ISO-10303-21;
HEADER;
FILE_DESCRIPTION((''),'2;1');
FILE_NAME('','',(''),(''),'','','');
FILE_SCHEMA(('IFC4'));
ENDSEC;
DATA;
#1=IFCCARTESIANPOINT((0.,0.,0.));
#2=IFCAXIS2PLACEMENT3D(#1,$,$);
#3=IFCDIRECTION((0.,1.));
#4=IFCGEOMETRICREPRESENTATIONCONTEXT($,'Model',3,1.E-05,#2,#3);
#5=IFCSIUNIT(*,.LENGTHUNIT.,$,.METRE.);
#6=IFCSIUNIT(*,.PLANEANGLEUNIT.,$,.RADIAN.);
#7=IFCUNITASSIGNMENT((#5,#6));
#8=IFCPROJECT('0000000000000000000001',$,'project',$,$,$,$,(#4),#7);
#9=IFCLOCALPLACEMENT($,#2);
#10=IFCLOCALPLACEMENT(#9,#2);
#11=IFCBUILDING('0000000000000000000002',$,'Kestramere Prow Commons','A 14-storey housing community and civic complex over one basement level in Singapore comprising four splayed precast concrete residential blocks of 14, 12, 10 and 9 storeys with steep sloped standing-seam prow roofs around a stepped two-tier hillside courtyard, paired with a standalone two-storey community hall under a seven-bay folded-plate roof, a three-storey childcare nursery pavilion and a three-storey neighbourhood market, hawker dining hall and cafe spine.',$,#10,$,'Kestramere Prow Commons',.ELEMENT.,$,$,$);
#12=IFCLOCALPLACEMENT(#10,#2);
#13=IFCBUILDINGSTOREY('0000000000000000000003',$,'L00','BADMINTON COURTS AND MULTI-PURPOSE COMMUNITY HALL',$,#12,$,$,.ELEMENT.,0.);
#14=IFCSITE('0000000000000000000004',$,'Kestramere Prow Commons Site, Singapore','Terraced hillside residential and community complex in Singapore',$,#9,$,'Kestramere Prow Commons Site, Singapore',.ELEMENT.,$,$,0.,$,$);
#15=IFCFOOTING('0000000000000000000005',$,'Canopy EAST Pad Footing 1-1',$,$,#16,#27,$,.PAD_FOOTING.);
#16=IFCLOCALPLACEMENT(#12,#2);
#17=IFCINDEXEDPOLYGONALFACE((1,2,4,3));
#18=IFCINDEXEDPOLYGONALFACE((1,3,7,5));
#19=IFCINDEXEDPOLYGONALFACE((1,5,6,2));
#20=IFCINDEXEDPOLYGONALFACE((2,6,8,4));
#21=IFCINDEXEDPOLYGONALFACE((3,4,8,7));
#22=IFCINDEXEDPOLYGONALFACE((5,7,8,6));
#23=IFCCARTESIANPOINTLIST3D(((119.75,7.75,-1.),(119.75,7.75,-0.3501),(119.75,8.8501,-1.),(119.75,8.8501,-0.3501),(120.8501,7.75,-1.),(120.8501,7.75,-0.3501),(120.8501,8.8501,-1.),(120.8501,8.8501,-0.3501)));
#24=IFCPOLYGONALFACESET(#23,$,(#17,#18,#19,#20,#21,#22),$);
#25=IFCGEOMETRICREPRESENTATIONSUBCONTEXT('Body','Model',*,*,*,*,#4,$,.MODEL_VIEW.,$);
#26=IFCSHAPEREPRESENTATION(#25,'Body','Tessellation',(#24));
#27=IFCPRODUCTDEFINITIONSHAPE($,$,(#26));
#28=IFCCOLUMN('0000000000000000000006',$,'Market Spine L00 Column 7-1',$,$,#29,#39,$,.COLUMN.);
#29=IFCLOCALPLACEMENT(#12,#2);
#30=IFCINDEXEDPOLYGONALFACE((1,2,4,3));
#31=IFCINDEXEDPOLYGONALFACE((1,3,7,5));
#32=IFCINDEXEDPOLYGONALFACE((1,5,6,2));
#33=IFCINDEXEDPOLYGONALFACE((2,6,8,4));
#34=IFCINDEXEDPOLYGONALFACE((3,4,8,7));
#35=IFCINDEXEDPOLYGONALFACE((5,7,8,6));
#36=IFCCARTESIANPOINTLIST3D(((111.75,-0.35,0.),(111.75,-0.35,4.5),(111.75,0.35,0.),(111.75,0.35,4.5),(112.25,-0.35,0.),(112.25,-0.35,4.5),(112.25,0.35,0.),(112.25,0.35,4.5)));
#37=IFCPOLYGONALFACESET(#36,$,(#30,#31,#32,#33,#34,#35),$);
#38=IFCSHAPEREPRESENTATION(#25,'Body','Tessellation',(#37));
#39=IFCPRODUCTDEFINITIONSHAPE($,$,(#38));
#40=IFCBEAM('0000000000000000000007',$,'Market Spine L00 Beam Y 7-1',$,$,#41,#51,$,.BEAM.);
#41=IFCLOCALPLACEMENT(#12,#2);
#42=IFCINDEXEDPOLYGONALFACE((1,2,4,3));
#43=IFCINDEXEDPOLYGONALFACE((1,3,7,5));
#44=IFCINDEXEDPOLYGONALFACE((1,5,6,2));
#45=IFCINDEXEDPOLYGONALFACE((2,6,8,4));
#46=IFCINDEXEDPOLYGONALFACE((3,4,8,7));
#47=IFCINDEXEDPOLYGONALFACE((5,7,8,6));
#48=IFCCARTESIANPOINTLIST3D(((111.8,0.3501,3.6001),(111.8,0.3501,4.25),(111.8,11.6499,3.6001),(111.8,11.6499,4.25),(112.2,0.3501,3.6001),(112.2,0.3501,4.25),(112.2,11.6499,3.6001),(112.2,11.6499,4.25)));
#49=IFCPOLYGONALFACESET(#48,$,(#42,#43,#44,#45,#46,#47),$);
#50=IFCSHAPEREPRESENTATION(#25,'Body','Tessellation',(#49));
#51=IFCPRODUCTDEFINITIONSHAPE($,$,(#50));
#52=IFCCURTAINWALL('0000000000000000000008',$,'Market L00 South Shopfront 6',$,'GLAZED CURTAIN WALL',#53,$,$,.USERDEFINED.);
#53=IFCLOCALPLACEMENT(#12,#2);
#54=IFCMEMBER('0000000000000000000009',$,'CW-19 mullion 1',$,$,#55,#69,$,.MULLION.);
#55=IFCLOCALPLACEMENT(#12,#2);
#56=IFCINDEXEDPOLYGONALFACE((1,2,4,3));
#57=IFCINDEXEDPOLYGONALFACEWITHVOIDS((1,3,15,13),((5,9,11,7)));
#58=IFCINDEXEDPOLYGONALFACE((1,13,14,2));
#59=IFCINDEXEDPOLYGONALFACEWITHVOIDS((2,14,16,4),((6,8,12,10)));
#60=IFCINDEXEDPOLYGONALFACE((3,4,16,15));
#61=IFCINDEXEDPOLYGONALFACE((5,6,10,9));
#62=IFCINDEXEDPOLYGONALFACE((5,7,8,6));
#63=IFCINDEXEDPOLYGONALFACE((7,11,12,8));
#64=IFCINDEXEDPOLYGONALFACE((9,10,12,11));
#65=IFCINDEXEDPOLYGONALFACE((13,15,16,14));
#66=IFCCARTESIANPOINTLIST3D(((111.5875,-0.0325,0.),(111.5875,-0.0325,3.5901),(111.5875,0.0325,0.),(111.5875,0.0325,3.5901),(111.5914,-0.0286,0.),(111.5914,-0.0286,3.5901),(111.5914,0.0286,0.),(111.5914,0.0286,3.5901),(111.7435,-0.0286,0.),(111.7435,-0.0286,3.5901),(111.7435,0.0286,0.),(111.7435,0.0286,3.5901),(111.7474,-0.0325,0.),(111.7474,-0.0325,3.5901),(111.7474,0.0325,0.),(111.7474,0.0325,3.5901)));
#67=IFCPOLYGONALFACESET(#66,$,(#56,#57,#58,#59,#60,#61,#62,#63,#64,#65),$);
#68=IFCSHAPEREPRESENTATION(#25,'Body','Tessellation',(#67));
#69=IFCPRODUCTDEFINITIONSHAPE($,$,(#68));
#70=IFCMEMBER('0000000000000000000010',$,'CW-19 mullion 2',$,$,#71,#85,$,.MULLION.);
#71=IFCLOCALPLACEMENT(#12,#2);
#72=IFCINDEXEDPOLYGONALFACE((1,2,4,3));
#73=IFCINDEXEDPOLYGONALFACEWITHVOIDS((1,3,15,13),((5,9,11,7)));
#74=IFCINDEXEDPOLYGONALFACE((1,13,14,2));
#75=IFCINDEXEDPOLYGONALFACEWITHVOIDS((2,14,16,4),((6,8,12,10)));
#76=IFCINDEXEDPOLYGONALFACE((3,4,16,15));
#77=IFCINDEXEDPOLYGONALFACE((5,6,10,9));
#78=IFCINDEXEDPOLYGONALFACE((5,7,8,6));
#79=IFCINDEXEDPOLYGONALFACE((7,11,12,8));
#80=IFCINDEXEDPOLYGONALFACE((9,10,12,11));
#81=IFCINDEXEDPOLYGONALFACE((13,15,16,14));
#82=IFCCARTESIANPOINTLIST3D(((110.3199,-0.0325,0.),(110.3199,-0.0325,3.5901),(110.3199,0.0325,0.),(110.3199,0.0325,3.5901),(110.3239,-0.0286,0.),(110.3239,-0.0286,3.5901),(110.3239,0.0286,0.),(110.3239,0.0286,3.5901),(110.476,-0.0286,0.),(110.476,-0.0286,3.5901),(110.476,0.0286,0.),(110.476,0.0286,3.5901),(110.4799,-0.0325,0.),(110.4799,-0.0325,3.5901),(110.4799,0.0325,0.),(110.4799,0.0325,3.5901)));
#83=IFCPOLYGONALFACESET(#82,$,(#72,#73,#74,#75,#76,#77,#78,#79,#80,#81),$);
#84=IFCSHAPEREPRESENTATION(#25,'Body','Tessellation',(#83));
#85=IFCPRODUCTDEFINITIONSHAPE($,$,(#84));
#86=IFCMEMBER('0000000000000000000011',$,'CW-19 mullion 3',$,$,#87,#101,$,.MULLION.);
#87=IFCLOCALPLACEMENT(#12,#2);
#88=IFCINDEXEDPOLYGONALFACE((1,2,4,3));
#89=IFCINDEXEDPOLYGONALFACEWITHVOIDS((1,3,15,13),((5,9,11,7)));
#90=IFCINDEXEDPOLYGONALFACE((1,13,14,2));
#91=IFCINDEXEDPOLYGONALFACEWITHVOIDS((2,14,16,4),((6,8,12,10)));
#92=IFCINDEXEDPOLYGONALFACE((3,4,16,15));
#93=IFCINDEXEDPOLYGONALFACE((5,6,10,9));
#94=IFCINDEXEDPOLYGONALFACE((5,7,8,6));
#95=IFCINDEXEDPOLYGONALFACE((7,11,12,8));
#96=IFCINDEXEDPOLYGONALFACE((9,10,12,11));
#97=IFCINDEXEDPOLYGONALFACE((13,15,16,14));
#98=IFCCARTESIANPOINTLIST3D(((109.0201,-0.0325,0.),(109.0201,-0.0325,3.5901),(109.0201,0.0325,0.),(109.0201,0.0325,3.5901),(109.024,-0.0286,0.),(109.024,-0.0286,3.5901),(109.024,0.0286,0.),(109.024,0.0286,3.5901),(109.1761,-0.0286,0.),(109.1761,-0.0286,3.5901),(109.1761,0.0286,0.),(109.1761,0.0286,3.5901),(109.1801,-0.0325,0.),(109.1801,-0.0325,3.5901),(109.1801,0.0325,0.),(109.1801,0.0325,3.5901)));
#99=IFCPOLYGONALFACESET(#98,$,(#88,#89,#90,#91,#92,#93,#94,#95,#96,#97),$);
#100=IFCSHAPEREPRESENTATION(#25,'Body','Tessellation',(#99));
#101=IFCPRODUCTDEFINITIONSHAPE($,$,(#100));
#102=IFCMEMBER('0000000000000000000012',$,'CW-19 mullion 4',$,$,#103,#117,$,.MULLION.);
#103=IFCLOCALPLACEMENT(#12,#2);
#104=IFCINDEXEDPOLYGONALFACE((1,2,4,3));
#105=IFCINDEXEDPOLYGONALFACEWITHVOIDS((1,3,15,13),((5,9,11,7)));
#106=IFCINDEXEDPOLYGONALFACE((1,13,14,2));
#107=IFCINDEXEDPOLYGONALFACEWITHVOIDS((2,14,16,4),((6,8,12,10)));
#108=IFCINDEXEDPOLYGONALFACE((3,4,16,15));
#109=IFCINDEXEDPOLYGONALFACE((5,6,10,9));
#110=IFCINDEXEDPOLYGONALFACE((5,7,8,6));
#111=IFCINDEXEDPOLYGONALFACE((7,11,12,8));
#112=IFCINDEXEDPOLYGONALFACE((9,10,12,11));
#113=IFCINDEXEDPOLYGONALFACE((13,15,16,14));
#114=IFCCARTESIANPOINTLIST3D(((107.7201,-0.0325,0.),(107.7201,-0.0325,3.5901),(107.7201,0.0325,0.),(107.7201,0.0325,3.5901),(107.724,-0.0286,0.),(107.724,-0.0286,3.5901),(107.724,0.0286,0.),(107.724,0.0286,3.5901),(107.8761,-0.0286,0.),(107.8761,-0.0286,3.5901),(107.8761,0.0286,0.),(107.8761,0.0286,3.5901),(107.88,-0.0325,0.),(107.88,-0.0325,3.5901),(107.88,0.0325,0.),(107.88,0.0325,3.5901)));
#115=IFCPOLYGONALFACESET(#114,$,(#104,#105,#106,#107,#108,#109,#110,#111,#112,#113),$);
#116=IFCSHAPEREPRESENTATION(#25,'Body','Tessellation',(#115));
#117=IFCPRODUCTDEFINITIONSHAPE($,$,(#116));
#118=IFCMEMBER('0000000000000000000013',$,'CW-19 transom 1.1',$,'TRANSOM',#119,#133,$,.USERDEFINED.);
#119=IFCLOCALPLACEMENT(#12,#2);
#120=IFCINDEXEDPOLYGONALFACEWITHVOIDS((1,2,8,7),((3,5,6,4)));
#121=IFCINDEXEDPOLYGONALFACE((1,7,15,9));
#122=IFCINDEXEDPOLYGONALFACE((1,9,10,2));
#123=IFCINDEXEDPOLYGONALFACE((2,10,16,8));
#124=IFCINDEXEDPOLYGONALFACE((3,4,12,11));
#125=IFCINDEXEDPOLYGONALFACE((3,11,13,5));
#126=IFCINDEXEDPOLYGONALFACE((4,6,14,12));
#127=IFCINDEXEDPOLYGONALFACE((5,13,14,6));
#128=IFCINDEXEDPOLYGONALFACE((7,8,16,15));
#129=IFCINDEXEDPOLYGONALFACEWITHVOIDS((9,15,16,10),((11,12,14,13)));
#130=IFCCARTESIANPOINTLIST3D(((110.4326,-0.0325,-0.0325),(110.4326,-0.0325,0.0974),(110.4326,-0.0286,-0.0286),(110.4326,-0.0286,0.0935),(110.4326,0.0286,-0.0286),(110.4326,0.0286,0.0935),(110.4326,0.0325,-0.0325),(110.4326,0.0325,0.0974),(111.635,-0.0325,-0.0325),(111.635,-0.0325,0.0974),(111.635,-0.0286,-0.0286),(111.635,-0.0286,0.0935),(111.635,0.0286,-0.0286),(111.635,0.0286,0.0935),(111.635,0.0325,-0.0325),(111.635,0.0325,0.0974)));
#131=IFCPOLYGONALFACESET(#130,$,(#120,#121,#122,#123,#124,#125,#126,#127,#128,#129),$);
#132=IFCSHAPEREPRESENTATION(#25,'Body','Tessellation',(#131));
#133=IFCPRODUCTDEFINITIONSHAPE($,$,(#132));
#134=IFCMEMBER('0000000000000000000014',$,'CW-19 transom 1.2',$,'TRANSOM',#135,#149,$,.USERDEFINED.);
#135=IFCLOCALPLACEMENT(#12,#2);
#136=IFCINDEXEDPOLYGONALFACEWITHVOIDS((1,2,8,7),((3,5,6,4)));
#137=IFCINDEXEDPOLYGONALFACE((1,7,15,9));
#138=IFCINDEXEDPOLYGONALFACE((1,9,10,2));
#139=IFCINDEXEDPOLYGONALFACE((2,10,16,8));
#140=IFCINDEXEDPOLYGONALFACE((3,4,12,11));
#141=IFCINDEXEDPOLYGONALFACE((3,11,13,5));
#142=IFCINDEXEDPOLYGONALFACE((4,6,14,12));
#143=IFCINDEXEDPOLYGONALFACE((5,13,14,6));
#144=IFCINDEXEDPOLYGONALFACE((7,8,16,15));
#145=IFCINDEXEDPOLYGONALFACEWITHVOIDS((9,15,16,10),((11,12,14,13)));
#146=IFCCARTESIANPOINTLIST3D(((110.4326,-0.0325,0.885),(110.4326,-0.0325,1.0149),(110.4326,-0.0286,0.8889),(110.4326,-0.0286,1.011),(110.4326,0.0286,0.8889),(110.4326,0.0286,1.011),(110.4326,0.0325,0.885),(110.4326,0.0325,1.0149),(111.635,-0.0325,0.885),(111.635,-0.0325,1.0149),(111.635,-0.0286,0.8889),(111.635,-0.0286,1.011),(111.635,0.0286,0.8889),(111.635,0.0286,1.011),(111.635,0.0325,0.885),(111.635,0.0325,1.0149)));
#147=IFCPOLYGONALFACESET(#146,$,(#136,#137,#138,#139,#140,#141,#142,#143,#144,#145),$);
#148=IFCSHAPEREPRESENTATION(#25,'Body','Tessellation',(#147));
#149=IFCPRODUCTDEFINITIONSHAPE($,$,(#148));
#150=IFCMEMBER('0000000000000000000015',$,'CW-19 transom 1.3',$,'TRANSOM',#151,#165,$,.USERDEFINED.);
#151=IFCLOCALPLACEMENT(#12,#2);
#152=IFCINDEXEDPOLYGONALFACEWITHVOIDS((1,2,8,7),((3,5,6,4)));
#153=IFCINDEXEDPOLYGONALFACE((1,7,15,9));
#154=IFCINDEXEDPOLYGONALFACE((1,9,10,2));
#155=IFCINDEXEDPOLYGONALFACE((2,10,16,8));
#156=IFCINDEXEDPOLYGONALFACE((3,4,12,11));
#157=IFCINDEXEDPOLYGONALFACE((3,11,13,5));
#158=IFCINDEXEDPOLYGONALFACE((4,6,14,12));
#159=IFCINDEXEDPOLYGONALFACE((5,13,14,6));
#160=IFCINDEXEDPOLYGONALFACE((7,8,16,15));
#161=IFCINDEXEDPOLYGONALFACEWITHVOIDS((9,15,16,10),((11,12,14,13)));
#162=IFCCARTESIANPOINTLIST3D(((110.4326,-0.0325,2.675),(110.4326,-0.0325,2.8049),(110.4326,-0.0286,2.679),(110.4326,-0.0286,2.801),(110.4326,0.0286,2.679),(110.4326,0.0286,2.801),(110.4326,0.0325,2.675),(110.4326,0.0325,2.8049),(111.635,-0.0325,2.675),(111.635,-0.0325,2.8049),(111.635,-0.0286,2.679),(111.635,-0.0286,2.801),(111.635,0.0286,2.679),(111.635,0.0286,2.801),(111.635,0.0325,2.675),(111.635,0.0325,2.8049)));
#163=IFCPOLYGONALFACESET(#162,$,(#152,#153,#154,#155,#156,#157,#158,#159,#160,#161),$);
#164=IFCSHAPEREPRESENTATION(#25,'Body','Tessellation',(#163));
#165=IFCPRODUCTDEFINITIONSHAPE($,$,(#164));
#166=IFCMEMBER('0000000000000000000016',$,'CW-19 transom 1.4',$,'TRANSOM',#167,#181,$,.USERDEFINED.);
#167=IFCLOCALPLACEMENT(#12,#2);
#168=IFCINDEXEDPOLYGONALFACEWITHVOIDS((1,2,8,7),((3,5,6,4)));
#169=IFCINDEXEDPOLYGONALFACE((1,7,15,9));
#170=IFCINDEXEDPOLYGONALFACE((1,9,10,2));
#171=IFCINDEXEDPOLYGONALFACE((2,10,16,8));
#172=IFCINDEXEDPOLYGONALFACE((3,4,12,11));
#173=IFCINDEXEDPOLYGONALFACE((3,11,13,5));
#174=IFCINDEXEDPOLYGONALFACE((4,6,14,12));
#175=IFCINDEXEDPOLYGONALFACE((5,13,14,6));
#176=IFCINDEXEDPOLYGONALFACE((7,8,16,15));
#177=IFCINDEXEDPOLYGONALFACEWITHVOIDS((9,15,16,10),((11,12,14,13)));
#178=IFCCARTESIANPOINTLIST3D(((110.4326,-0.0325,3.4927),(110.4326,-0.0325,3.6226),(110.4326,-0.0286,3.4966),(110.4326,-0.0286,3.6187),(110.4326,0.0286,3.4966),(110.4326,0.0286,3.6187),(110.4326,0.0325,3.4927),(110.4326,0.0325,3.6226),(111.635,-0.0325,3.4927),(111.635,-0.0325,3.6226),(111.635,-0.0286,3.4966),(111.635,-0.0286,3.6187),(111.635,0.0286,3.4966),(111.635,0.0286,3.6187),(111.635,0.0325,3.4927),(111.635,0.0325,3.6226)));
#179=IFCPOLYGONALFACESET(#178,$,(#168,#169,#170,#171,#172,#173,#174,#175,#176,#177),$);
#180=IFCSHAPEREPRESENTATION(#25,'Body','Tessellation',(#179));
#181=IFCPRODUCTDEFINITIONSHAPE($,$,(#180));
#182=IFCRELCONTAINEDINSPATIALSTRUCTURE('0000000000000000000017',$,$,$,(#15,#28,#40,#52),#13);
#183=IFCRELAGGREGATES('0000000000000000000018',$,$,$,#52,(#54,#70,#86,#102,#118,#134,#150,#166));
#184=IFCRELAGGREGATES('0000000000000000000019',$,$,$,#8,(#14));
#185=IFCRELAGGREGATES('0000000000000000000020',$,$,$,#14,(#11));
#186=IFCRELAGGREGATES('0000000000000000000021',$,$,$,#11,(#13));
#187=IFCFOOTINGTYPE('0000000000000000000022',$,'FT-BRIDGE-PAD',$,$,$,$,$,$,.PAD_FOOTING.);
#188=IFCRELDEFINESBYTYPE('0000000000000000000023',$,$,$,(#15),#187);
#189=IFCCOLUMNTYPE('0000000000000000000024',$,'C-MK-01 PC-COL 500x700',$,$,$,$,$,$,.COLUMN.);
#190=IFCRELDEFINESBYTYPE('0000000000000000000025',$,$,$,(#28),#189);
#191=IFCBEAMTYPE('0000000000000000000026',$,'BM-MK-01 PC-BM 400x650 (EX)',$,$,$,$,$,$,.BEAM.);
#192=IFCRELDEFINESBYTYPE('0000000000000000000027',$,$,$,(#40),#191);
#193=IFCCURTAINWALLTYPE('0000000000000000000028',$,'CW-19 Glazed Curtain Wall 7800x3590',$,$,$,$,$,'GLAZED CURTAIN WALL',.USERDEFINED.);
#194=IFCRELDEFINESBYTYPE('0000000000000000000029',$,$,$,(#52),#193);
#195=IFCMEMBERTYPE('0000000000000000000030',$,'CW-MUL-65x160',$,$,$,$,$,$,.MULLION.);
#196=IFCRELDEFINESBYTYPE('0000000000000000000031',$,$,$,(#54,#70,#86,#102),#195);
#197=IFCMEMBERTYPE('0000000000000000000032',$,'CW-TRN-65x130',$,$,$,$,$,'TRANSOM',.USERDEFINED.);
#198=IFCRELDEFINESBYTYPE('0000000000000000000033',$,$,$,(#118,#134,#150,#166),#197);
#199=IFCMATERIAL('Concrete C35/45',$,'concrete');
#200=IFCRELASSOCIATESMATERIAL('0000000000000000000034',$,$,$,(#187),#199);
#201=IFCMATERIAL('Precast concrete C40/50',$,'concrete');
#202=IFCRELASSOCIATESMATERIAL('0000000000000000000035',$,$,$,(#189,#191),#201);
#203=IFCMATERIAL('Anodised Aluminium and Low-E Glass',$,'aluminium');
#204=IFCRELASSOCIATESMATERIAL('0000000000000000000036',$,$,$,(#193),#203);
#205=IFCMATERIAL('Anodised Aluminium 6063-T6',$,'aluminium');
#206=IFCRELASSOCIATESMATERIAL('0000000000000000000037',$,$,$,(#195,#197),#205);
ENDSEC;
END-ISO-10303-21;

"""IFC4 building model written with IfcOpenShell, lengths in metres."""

from ifc_helpers import new_model, si_unit, direction, frame, origin, origin_2d, place, context, subcontext, project, spatial, rectangle, hollow_rectangle, extrude, material, material_profile, profile_set, type_object, element, aggregate, save


model = new_model("IFC4")

# Units and contexts
model_context = context("Model", 3, precision=1e-05, world=origin(), true_north=direction((0.0, 1.0)))
body_context = subcontext(model_context, "Body", "Model", "MODEL_VIEW")
ifc_project = project(units=[si_unit("LENGTHUNIT", "METRE"), si_unit("PLANEANGLEUNIT", "RADIAN")], contexts=[model_context])

# Site, building, storey
site_placement = place(None, origin())
site = spatial("IfcSite", under=ifc_project, at=site_placement, Name="Kestramere Prow Commons Site, Singapore", Description="Terraced hillside residential and community complex in Singapore", LongName="Kestramere Prow Commons Site, Singapore", CompositionType="ELEMENT", RefElevation=0.0)
building_placement = place(site_placement, origin())
building = spatial("IfcBuilding", under=site, at=building_placement, Name="Kestramere Prow Commons", Description="A 14-storey housing community and civic complex over one basement level in Singapore comprising four splayed precast concrete residential blocks of 14, 12, 10 and 9 storeys with steep sloped standing-seam prow roofs around a stepped two-tier hillside courtyard, paired with a standalone two-storey community hall under a seven-bay folded-plate roof, a three-storey childcare nursery pavilion and a three-storey neighbourhood market, hawker dining hall and cafe spine.", LongName="Kestramere Prow Commons", CompositionType="ELEMENT")
storey_placement = place(building_placement, origin())
storey = spatial("IfcBuildingStorey", under=building, at=storey_placement, Name="L00", Description="BADMINTON COURTS AND MULTI-PURPOSE COMMUNITY HALL", CompositionType="ELEMENT", Elevation=0.0)

# Footing
ifc_material_1 = material(Name="Concrete C35/45", Category="concrete")
footing_type = type_object("IfcFootingType", Name="FT-BRIDGE-PAD", PredefinedType="PAD_FOOTING", material=ifc_material_1)
footing_placement = place(storey_placement, frame((120.3, 8.3, -1.0), z_axis=(0.0, 0.0, 1.0), x_axis=(1.0, 0.0, 0.0)))
element("IfcFooting", 1, at=footing_placement, inside=storey, type_object=footing_type, Name="Canopy EAST Pad Footing 1-1", PredefinedType="PAD_FOOTING", context=body_context, shape_type="SweptSolid", body=[
    extrude(rectangle(XDim=1.1001, YDim=1.1001, at=origin_2d()), origin(), (0.0, 0.0, 1.0), 0.6499),
])

# Column
ifc_material_2 = material(Name="Precast concrete C40/50", Category="concrete")
ifc_material_profile_1 = material_profile(ifc_material_2, rectangle(XDim=0.5, YDim=0.7, at=origin_2d()), Name="PC-COL 500x700")
ifc_profile_set_1 = profile_set([ifc_material_profile_1], Name="Precast concrete C40/50")
column_type = type_object("IfcColumnType", Name="C-MK-01 PC-COL 500x700", PredefinedType="COLUMN", material=ifc_profile_set_1)
column_placement = place(storey_placement, frame((112.0, 0.0, 0.0), z_axis=(0.0, 0.0, 1.0), x_axis=(1.0, 0.0, 0.0)))
element("IfcColumn", 2, at=column_placement, inside=storey, type_object=column_type, Name="Market Spine L00 Column 7-1", PredefinedType="COLUMN", context=body_context, shape_type="SweptSolid", body=[
    extrude(rectangle(XDim=0.5, YDim=0.7, at=origin_2d()), origin(), (0.0, 0.0, 1.0), 4.5),
])

# Beam
ifc_material_profile_2 = material_profile(ifc_material_2, rectangle(XDim=0.3999, YDim=0.6499, at=origin_2d()), Name="PC-BM 400x650")
ifc_profile_set_2 = profile_set([ifc_material_profile_2], Name="Precast concrete C40/50")
beam_type = type_object("IfcBeamType", Name="BM-MK-01 PC-BM 400x650 (EX)", PredefinedType="BEAM", material=ifc_profile_set_2)
beam_placement = place(storey_placement, frame((112.0, 0.3501, 3.925), z_axis=(0.0, 1.0, 0.0), x_axis=(-1.0, 0.0, 0.0)))
element("IfcBeam", 3, at=beam_placement, inside=storey, type_object=beam_type, Name="Market Spine L00 Beam Y 7-1", PredefinedType="BEAM", context=body_context, shape_type="SweptSolid", body=[
    extrude(rectangle(XDim=0.3999, YDim=0.6499, at=origin_2d()), origin(), (0.0, 0.0, 1.0), 11.2998),
])

# Curtain wall, members
ifc_material_3 = material(Name="Anodised Aluminium and Low-E Glass", Category="aluminium")
curtain_wall_type = type_object("IfcCurtainWallType", Name="CW-19 Glazed Curtain Wall 7800x3590", ElementType="GLAZED CURTAIN WALL", PredefinedType="USERDEFINED", material=ifc_material_3)
curtain_wall_placement = place(storey_placement, origin())
curtain_wall = element("IfcCurtainWall", 4, at=curtain_wall_placement, inside=storey, type_object=curtain_wall_type, Name="Market L00 South Shopfront 6", ObjectType="GLAZED CURTAIN WALL", PredefinedType="USERDEFINED")
ifc_material_4 = material(Name="Anodised Aluminium 6063-T6", Category="aluminium")
ifc_material_profile_3 = material_profile(ifc_material_4, hollow_rectangle(XDim=0.0649, YDim=0.1599, WallThickness=0.0039, at=origin_2d()), Name="ALU-MUL 65x160")
ifc_profile_set_3 = profile_set([ifc_material_profile_3], Name="Anodised Aluminium 6063-T6")
member_type_1 = type_object("IfcMemberType", Name="CW-MUL-65x160", PredefinedType="MULLION", material=ifc_profile_set_3)
member_1_placement = place(storey_placement, frame((111.6675, 0.0, 0.0), z_axis=(0.0, 0.0, 1.0), x_axis=(0.0, -1.0, 0.0)))
member_1 = element("IfcMember", 5, at=member_1_placement, type_object=member_type_1, Name="CW-19 mullion 1", PredefinedType="MULLION", context=body_context, shape_type="SweptSolid", body=[
    extrude(hollow_rectangle(XDim=0.0649, YDim=0.1599, WallThickness=0.0039, at=origin_2d()), origin(), (0.0, 0.0, 1.0), 3.5901),
])
member_2_placement = place(storey_placement, frame((110.3999, 0.0, 0.0), z_axis=(0.0, 0.0, 1.0), x_axis=(0.0, -1.0, 0.0)))
member_2 = element("IfcMember", 6, at=member_2_placement, type_object=member_type_1, Name="CW-19 mullion 2", PredefinedType="MULLION", context=body_context, shape_type="SweptSolid", body=[
    extrude(hollow_rectangle(XDim=0.0649, YDim=0.1599, WallThickness=0.0039, at=origin_2d()), origin(), (0.0, 0.0, 1.0), 3.5901),
])
member_3_placement = place(storey_placement, frame((109.1001, 0.0, 0.0), z_axis=(0.0, 0.0, 1.0), x_axis=(0.0, -1.0, 0.0)))
member_3 = element("IfcMember", 7, at=member_3_placement, type_object=member_type_1, Name="CW-19 mullion 3", PredefinedType="MULLION", context=body_context, shape_type="SweptSolid", body=[
    extrude(hollow_rectangle(XDim=0.0649, YDim=0.1599, WallThickness=0.0039, at=origin_2d()), origin(), (0.0, 0.0, 1.0), 3.5901),
])
member_4_placement = place(storey_placement, frame((107.8, 0.0, 0.0), z_axis=(0.0, 0.0, 1.0), x_axis=(0.0, -1.0, 0.0)))
member_4 = element("IfcMember", 8, at=member_4_placement, type_object=member_type_1, Name="CW-19 mullion 4", PredefinedType="MULLION", context=body_context, shape_type="SweptSolid", body=[
    extrude(hollow_rectangle(XDim=0.0649, YDim=0.1599, WallThickness=0.0039, at=origin_2d()), origin(), (0.0, 0.0, 1.0), 3.5901),
])
ifc_material_profile_4 = material_profile(ifc_material_4, hollow_rectangle(XDim=0.0649, YDim=0.1299, WallThickness=0.0039, at=origin_2d()), Name="ALU-TRN 65x130")
ifc_profile_set_4 = profile_set([ifc_material_profile_4], Name="Anodised Aluminium 6063-T6")
member_type_2 = type_object("IfcMemberType", Name="CW-TRN-65x130", ElementType="TRANSOM", PredefinedType="USERDEFINED", material=ifc_profile_set_4)
member_5_placement = place(storey_placement, frame((111.635, 0.0, 0.0325), z_axis=(-1.0, 0.0, 0.0), x_axis=(0.0, -1.0, 0.0)))
member_5 = element("IfcMember", 9, at=member_5_placement, type_object=member_type_2, Name="CW-19 transom 1.1", ObjectType="TRANSOM", PredefinedType="USERDEFINED", context=body_context, shape_type="SweptSolid", body=[
    extrude(hollow_rectangle(XDim=0.0649, YDim=0.1299, WallThickness=0.0039, at=origin_2d()), origin(), (0.0, 0.0, 1.0), 1.2024),
])
member_6_placement = place(storey_placement, frame((111.635, 0.0, 0.95), z_axis=(-1.0, 0.0, 0.0), x_axis=(0.0, -1.0, 0.0)))
member_6 = element("IfcMember", 10, at=member_6_placement, type_object=member_type_2, Name="CW-19 transom 1.2", ObjectType="TRANSOM", PredefinedType="USERDEFINED", context=body_context, shape_type="SweptSolid", body=[
    extrude(hollow_rectangle(XDim=0.0649, YDim=0.1299, WallThickness=0.0039, at=origin_2d()), origin(), (0.0, 0.0, 1.0), 1.2024),
])
member_7_placement = place(storey_placement, frame((111.635, 0.0, 2.74), z_axis=(-1.0, 0.0, 0.0), x_axis=(0.0, -1.0, 0.0)))
member_7 = element("IfcMember", 11, at=member_7_placement, type_object=member_type_2, Name="CW-19 transom 1.3", ObjectType="TRANSOM", PredefinedType="USERDEFINED", context=body_context, shape_type="SweptSolid", body=[
    extrude(hollow_rectangle(XDim=0.0649, YDim=0.1299, WallThickness=0.0039, at=origin_2d()), origin(), (0.0, 0.0, 1.0), 1.2024),
])
member_8_placement = place(storey_placement, frame((111.635, 0.0, 3.5576), z_axis=(-1.0, 0.0, 0.0), x_axis=(0.0, -1.0, 0.0)))
member_8 = element("IfcMember", 12, at=member_8_placement, type_object=member_type_2, Name="CW-19 transom 1.4", ObjectType="TRANSOM", PredefinedType="USERDEFINED", context=body_context, shape_type="SweptSolid", body=[
    extrude(hollow_rectangle(XDim=0.0649, YDim=0.1299, WallThickness=0.0039, at=origin_2d()), origin(), (0.0, 0.0, 1.0), 1.2024),
])
aggregate(curtain_wall, [member_1, member_2, member_3, member_4, member_5, member_6, member_7, member_8])

save(model, "model.ifc")
